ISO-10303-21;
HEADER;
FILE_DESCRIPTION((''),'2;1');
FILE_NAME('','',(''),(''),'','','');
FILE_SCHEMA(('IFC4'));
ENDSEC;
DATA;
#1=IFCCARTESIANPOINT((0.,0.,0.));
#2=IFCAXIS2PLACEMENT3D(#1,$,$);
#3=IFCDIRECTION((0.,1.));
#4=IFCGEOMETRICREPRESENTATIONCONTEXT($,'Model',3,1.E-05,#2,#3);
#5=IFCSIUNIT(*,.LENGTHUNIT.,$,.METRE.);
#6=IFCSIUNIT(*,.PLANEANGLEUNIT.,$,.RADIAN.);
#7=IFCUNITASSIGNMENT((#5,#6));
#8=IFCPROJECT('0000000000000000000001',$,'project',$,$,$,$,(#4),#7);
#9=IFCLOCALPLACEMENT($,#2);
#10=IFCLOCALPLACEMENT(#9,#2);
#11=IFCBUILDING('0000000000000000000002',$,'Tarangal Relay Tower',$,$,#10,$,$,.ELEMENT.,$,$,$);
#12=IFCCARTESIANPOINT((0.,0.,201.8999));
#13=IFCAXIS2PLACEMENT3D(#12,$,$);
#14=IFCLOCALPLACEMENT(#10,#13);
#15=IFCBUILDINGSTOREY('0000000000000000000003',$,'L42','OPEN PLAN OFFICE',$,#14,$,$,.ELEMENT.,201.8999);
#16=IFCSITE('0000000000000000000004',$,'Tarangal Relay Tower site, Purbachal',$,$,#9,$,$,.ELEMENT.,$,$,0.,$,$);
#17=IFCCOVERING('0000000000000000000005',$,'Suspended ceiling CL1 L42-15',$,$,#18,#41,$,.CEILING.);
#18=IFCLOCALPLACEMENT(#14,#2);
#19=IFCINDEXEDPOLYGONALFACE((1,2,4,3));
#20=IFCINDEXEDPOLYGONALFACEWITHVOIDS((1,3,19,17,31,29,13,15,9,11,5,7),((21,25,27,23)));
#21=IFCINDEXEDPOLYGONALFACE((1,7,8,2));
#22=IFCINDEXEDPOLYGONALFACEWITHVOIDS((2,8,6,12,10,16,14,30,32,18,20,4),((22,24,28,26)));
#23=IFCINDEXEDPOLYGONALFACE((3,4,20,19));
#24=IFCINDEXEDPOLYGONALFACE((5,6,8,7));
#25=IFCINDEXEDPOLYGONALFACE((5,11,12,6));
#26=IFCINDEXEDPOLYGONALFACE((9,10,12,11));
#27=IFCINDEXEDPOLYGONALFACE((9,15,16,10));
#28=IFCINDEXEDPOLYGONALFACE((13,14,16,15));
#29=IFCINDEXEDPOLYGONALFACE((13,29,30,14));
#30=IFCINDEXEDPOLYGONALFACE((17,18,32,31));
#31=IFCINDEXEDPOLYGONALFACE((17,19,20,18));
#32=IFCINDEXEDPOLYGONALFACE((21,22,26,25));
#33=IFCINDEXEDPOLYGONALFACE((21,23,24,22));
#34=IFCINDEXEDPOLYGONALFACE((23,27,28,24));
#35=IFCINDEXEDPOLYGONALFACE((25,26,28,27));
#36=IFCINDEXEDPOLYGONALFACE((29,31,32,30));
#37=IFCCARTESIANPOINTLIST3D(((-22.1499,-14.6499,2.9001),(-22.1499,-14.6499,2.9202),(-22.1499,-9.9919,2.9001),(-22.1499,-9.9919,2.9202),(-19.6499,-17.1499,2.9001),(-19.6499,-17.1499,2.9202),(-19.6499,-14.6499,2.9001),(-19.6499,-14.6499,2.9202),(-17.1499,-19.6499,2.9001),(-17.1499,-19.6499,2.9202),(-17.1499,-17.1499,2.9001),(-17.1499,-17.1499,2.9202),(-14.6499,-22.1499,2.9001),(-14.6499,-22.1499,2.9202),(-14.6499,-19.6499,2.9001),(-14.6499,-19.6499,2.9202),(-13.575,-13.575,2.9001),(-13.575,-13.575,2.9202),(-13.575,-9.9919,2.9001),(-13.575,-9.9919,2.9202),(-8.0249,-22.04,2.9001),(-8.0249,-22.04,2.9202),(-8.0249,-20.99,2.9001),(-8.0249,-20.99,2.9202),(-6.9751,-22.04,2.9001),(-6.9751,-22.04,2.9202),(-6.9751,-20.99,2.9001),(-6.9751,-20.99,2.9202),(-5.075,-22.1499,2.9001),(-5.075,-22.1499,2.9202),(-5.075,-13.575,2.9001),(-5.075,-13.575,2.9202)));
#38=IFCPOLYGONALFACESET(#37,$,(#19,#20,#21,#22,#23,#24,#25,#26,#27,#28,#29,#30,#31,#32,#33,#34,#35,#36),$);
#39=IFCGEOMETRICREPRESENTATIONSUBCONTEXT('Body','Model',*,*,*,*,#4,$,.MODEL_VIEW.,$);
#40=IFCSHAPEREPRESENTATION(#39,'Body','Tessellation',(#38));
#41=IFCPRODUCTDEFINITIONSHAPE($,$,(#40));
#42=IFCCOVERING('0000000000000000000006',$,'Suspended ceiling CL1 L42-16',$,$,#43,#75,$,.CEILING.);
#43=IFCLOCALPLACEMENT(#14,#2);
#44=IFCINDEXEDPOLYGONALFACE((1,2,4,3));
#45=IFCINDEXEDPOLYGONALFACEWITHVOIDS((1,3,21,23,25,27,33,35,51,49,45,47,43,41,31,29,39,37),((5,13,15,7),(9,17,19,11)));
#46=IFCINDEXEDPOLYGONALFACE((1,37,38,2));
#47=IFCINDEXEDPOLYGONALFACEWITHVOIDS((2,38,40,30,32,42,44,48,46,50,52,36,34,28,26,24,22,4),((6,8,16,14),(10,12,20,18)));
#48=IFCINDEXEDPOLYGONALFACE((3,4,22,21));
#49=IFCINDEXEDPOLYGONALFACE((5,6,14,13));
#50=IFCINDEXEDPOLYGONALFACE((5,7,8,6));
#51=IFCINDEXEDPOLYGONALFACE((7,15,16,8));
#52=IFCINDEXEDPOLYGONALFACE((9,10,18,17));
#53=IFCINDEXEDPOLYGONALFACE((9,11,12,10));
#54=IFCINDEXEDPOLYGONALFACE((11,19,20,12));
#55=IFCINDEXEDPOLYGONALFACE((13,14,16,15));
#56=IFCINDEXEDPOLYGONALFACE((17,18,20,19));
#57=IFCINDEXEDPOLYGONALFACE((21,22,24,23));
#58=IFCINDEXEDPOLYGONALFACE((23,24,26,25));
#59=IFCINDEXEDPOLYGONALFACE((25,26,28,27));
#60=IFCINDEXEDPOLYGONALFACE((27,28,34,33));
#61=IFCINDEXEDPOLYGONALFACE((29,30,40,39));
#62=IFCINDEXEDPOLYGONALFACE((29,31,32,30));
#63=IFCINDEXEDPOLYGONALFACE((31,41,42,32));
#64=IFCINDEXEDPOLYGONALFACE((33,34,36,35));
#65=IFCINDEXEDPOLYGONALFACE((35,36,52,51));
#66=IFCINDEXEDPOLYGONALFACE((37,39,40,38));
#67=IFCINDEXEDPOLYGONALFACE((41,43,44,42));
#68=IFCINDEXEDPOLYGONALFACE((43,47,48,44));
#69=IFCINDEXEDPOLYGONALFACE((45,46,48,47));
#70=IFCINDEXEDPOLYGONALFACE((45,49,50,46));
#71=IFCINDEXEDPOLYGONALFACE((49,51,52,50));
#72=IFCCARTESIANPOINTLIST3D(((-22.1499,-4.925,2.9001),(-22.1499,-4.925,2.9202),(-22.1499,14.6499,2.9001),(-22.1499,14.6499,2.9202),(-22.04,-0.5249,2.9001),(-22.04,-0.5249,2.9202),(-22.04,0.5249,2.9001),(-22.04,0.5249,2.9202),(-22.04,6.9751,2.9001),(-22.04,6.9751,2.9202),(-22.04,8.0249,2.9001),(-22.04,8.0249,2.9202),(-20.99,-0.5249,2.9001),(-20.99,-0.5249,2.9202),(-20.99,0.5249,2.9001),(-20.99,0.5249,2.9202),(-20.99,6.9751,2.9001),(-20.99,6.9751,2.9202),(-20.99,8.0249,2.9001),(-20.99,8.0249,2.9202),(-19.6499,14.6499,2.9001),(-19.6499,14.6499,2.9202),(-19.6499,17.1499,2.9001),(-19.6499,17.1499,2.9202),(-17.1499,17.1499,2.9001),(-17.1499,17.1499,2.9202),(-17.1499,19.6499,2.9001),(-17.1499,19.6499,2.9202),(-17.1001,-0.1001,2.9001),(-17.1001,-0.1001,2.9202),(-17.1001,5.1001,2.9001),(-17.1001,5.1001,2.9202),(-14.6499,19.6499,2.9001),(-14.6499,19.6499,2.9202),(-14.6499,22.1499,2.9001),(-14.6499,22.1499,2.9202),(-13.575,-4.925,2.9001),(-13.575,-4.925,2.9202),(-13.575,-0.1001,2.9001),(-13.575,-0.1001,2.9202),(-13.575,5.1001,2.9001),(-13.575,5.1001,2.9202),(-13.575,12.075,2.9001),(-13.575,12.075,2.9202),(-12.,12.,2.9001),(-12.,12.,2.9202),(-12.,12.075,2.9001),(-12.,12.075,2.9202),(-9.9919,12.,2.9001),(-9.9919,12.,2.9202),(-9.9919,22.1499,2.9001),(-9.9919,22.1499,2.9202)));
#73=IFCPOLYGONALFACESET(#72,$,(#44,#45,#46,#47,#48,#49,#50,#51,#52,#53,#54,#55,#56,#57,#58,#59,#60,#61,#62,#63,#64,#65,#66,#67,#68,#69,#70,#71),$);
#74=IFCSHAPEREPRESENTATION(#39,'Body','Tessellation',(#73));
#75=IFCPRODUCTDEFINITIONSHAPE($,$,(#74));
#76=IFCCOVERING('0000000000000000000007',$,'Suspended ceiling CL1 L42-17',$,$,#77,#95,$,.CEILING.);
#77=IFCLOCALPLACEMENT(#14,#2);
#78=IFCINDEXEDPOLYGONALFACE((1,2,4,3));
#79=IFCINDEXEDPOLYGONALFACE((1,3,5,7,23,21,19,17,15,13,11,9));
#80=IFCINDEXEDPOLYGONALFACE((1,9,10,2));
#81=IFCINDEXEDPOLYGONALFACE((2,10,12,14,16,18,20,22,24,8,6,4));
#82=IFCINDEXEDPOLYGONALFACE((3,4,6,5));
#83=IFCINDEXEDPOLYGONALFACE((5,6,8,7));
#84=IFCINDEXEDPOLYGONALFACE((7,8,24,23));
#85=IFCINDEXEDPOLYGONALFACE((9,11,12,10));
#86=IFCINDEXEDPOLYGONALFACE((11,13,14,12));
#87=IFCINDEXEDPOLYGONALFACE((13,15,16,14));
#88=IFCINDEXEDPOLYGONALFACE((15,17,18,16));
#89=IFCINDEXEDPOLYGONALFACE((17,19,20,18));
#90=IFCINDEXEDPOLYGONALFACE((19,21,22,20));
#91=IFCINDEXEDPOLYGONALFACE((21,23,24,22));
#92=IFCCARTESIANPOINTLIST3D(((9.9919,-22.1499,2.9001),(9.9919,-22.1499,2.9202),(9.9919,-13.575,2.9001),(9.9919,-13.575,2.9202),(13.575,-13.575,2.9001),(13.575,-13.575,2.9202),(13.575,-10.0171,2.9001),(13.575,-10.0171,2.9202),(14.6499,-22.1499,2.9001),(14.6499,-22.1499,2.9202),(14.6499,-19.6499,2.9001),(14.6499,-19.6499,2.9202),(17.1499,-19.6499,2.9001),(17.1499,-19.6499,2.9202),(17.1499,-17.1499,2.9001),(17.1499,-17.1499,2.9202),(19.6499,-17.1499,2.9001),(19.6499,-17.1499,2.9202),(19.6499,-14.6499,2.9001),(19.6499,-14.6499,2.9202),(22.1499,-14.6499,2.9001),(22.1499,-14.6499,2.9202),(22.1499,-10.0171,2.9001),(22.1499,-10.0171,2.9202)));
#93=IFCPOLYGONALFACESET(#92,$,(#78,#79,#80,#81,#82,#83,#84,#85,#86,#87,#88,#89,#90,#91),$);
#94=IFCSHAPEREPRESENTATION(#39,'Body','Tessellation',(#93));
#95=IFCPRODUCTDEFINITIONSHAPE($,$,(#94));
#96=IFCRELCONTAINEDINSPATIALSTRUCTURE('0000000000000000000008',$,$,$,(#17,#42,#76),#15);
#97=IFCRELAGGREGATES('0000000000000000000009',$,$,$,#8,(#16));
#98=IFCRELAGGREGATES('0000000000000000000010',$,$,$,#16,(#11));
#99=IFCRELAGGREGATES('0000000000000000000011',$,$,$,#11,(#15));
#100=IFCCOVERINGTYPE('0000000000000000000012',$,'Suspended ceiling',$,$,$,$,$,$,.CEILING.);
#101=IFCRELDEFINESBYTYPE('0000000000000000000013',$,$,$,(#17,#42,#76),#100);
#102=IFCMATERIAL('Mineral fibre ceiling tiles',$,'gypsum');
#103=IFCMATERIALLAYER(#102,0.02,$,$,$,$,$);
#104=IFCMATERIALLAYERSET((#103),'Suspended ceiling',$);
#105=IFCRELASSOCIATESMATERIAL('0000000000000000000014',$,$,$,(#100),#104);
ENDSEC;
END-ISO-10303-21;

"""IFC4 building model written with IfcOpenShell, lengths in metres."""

from ifc_helpers import new_model, si_unit, direction, frame, origin, place, context, subcontext, project, spatial, polyline, outline, extrude, material, layer, layer_set, type_object, element, save


model = new_model("IFC4")

# Units and contexts
model_context = context("Model", 3, precision=1e-05, world=origin(), true_north=direction((0.0, 1.0)))
body_context = subcontext(model_context, "Body", "Model", "MODEL_VIEW")
ifc_project = project(units=[si_unit("LENGTHUNIT", "METRE"), si_unit("PLANEANGLEUNIT", "RADIAN")], contexts=[model_context])

# Site, building, storey
site_placement = place(None, origin())
site = spatial("IfcSite", under=ifc_project, at=site_placement, Name="Tarangal Relay Tower site, Purbachal", CompositionType="ELEMENT", RefElevation=0.0)
building_placement = place(site_placement, origin())
building = spatial("IfcBuilding", under=site, at=building_placement, Name="Tarangal Relay Tower", CompositionType="ELEMENT")
storey_placement = place(building_placement, frame((0.0, 0.0, 201.8999)))
storey = spatial("IfcBuildingStorey", under=building, at=storey_placement, Name="L42", Description="OPEN PLAN OFFICE", CompositionType="ELEMENT", Elevation=201.8999)

# Coverings
ifc_material_1 = material(Name="Mineral fibre ceiling tiles", Category="gypsum")
ifc_layer_1 = layer(ifc_material_1, 0.02)
ifc_layer_set_1 = layer_set([ifc_layer_1], Name="Suspended ceiling")
covering_type = type_object("IfcCoveringType", Name="Suspended ceiling", PredefinedType="CEILING", material=ifc_layer_set_1)
covering_1_placement = place(storey_placement, frame((0.0, 0.0, 2.9001)))
element("IfcCovering", 1, at=covering_1_placement, inside=storey, type_object=covering_type, Name="Suspended ceiling CL1 L42-15", PredefinedType="CEILING", context=body_context, shape_type="SweptSolid", body=[
    extrude(outline(polyline([(-17.1499, -19.6499), (-14.6499, -19.6499), (-14.6499, -22.1499), (-5.075, -22.1499), (-5.075, -13.575), (-13.575, -13.575), (-13.575, -9.9919), (-22.1499, -9.9919), (-22.1499, -14.6499), (-19.6499, -14.6499), (-19.6499, -17.1499), (-17.1499, -17.1499), (-17.1499, -19.6499)]), holes=[polyline([(-6.9751, -20.99), (-8.0249, -20.99), (-8.0249, -22.04), (-6.9751, -22.04), (-6.9751, -20.99)])]), origin(), (0.0, 0.0, 1.0), 0.02),
])
covering_2_placement = place(storey_placement, frame((0.0, 0.0, 2.9001)))
element("IfcCovering", 2, at=covering_2_placement, inside=storey, type_object=covering_type, Name="Suspended ceiling CL1 L42-16", PredefinedType="CEILING", context=body_context, shape_type="SweptSolid", body=[
    extrude(outline(polyline([(-19.6499, 17.1499), (-19.6499, 14.6499), (-22.1499, 14.6499), (-22.1499, -4.925), (-13.575, -4.925), (-13.575, -0.1001), (-17.1001, -0.1001), (-17.1001, 5.1001), (-13.575, 5.1001), (-13.575, 12.075), (-12.0, 12.075), (-12.0, 12.0), (-9.9919, 12.0), (-9.9919, 22.1499), (-14.6499, 22.1499), (-14.6499, 19.6499), (-17.1499, 19.6499), (-17.1499, 17.1499), (-19.6499, 17.1499)]), holes=[polyline([(-20.99, -0.5249), (-20.99, 0.5249), (-22.04, 0.5249), (-22.04, -0.5249), (-20.99, -0.5249)]), polyline([(-20.99, 6.9751), (-20.99, 8.0249), (-22.04, 8.0249), (-22.04, 6.9751), (-20.99, 6.9751)])]), origin(), (0.0, 0.0, 1.0), 0.02),
])
covering_3_placement = place(storey_placement, frame((0.0, 0.0, 2.9001)))
element("IfcCovering", 3, at=covering_3_placement, inside=storey, type_object=covering_type, Name="Suspended ceiling CL1 L42-17", PredefinedType="CEILING", context=body_context, shape_type="SweptSolid", body=[
    extrude(outline(polyline([(22.1499, -14.6499), (22.1499, -10.0171), (13.575, -10.0171), (13.575, -13.575), (9.9919, -13.575), (9.9919, -22.1499), (14.6499, -22.1499), (14.6499, -19.6499), (17.1499, -19.6499), (17.1499, -17.1499), (19.6499, -17.1499), (19.6499, -14.6499), (22.1499, -14.6499)])), origin(), (0.0, 0.0, 1.0), 0.02),
])

save(model, "model.ifc")
